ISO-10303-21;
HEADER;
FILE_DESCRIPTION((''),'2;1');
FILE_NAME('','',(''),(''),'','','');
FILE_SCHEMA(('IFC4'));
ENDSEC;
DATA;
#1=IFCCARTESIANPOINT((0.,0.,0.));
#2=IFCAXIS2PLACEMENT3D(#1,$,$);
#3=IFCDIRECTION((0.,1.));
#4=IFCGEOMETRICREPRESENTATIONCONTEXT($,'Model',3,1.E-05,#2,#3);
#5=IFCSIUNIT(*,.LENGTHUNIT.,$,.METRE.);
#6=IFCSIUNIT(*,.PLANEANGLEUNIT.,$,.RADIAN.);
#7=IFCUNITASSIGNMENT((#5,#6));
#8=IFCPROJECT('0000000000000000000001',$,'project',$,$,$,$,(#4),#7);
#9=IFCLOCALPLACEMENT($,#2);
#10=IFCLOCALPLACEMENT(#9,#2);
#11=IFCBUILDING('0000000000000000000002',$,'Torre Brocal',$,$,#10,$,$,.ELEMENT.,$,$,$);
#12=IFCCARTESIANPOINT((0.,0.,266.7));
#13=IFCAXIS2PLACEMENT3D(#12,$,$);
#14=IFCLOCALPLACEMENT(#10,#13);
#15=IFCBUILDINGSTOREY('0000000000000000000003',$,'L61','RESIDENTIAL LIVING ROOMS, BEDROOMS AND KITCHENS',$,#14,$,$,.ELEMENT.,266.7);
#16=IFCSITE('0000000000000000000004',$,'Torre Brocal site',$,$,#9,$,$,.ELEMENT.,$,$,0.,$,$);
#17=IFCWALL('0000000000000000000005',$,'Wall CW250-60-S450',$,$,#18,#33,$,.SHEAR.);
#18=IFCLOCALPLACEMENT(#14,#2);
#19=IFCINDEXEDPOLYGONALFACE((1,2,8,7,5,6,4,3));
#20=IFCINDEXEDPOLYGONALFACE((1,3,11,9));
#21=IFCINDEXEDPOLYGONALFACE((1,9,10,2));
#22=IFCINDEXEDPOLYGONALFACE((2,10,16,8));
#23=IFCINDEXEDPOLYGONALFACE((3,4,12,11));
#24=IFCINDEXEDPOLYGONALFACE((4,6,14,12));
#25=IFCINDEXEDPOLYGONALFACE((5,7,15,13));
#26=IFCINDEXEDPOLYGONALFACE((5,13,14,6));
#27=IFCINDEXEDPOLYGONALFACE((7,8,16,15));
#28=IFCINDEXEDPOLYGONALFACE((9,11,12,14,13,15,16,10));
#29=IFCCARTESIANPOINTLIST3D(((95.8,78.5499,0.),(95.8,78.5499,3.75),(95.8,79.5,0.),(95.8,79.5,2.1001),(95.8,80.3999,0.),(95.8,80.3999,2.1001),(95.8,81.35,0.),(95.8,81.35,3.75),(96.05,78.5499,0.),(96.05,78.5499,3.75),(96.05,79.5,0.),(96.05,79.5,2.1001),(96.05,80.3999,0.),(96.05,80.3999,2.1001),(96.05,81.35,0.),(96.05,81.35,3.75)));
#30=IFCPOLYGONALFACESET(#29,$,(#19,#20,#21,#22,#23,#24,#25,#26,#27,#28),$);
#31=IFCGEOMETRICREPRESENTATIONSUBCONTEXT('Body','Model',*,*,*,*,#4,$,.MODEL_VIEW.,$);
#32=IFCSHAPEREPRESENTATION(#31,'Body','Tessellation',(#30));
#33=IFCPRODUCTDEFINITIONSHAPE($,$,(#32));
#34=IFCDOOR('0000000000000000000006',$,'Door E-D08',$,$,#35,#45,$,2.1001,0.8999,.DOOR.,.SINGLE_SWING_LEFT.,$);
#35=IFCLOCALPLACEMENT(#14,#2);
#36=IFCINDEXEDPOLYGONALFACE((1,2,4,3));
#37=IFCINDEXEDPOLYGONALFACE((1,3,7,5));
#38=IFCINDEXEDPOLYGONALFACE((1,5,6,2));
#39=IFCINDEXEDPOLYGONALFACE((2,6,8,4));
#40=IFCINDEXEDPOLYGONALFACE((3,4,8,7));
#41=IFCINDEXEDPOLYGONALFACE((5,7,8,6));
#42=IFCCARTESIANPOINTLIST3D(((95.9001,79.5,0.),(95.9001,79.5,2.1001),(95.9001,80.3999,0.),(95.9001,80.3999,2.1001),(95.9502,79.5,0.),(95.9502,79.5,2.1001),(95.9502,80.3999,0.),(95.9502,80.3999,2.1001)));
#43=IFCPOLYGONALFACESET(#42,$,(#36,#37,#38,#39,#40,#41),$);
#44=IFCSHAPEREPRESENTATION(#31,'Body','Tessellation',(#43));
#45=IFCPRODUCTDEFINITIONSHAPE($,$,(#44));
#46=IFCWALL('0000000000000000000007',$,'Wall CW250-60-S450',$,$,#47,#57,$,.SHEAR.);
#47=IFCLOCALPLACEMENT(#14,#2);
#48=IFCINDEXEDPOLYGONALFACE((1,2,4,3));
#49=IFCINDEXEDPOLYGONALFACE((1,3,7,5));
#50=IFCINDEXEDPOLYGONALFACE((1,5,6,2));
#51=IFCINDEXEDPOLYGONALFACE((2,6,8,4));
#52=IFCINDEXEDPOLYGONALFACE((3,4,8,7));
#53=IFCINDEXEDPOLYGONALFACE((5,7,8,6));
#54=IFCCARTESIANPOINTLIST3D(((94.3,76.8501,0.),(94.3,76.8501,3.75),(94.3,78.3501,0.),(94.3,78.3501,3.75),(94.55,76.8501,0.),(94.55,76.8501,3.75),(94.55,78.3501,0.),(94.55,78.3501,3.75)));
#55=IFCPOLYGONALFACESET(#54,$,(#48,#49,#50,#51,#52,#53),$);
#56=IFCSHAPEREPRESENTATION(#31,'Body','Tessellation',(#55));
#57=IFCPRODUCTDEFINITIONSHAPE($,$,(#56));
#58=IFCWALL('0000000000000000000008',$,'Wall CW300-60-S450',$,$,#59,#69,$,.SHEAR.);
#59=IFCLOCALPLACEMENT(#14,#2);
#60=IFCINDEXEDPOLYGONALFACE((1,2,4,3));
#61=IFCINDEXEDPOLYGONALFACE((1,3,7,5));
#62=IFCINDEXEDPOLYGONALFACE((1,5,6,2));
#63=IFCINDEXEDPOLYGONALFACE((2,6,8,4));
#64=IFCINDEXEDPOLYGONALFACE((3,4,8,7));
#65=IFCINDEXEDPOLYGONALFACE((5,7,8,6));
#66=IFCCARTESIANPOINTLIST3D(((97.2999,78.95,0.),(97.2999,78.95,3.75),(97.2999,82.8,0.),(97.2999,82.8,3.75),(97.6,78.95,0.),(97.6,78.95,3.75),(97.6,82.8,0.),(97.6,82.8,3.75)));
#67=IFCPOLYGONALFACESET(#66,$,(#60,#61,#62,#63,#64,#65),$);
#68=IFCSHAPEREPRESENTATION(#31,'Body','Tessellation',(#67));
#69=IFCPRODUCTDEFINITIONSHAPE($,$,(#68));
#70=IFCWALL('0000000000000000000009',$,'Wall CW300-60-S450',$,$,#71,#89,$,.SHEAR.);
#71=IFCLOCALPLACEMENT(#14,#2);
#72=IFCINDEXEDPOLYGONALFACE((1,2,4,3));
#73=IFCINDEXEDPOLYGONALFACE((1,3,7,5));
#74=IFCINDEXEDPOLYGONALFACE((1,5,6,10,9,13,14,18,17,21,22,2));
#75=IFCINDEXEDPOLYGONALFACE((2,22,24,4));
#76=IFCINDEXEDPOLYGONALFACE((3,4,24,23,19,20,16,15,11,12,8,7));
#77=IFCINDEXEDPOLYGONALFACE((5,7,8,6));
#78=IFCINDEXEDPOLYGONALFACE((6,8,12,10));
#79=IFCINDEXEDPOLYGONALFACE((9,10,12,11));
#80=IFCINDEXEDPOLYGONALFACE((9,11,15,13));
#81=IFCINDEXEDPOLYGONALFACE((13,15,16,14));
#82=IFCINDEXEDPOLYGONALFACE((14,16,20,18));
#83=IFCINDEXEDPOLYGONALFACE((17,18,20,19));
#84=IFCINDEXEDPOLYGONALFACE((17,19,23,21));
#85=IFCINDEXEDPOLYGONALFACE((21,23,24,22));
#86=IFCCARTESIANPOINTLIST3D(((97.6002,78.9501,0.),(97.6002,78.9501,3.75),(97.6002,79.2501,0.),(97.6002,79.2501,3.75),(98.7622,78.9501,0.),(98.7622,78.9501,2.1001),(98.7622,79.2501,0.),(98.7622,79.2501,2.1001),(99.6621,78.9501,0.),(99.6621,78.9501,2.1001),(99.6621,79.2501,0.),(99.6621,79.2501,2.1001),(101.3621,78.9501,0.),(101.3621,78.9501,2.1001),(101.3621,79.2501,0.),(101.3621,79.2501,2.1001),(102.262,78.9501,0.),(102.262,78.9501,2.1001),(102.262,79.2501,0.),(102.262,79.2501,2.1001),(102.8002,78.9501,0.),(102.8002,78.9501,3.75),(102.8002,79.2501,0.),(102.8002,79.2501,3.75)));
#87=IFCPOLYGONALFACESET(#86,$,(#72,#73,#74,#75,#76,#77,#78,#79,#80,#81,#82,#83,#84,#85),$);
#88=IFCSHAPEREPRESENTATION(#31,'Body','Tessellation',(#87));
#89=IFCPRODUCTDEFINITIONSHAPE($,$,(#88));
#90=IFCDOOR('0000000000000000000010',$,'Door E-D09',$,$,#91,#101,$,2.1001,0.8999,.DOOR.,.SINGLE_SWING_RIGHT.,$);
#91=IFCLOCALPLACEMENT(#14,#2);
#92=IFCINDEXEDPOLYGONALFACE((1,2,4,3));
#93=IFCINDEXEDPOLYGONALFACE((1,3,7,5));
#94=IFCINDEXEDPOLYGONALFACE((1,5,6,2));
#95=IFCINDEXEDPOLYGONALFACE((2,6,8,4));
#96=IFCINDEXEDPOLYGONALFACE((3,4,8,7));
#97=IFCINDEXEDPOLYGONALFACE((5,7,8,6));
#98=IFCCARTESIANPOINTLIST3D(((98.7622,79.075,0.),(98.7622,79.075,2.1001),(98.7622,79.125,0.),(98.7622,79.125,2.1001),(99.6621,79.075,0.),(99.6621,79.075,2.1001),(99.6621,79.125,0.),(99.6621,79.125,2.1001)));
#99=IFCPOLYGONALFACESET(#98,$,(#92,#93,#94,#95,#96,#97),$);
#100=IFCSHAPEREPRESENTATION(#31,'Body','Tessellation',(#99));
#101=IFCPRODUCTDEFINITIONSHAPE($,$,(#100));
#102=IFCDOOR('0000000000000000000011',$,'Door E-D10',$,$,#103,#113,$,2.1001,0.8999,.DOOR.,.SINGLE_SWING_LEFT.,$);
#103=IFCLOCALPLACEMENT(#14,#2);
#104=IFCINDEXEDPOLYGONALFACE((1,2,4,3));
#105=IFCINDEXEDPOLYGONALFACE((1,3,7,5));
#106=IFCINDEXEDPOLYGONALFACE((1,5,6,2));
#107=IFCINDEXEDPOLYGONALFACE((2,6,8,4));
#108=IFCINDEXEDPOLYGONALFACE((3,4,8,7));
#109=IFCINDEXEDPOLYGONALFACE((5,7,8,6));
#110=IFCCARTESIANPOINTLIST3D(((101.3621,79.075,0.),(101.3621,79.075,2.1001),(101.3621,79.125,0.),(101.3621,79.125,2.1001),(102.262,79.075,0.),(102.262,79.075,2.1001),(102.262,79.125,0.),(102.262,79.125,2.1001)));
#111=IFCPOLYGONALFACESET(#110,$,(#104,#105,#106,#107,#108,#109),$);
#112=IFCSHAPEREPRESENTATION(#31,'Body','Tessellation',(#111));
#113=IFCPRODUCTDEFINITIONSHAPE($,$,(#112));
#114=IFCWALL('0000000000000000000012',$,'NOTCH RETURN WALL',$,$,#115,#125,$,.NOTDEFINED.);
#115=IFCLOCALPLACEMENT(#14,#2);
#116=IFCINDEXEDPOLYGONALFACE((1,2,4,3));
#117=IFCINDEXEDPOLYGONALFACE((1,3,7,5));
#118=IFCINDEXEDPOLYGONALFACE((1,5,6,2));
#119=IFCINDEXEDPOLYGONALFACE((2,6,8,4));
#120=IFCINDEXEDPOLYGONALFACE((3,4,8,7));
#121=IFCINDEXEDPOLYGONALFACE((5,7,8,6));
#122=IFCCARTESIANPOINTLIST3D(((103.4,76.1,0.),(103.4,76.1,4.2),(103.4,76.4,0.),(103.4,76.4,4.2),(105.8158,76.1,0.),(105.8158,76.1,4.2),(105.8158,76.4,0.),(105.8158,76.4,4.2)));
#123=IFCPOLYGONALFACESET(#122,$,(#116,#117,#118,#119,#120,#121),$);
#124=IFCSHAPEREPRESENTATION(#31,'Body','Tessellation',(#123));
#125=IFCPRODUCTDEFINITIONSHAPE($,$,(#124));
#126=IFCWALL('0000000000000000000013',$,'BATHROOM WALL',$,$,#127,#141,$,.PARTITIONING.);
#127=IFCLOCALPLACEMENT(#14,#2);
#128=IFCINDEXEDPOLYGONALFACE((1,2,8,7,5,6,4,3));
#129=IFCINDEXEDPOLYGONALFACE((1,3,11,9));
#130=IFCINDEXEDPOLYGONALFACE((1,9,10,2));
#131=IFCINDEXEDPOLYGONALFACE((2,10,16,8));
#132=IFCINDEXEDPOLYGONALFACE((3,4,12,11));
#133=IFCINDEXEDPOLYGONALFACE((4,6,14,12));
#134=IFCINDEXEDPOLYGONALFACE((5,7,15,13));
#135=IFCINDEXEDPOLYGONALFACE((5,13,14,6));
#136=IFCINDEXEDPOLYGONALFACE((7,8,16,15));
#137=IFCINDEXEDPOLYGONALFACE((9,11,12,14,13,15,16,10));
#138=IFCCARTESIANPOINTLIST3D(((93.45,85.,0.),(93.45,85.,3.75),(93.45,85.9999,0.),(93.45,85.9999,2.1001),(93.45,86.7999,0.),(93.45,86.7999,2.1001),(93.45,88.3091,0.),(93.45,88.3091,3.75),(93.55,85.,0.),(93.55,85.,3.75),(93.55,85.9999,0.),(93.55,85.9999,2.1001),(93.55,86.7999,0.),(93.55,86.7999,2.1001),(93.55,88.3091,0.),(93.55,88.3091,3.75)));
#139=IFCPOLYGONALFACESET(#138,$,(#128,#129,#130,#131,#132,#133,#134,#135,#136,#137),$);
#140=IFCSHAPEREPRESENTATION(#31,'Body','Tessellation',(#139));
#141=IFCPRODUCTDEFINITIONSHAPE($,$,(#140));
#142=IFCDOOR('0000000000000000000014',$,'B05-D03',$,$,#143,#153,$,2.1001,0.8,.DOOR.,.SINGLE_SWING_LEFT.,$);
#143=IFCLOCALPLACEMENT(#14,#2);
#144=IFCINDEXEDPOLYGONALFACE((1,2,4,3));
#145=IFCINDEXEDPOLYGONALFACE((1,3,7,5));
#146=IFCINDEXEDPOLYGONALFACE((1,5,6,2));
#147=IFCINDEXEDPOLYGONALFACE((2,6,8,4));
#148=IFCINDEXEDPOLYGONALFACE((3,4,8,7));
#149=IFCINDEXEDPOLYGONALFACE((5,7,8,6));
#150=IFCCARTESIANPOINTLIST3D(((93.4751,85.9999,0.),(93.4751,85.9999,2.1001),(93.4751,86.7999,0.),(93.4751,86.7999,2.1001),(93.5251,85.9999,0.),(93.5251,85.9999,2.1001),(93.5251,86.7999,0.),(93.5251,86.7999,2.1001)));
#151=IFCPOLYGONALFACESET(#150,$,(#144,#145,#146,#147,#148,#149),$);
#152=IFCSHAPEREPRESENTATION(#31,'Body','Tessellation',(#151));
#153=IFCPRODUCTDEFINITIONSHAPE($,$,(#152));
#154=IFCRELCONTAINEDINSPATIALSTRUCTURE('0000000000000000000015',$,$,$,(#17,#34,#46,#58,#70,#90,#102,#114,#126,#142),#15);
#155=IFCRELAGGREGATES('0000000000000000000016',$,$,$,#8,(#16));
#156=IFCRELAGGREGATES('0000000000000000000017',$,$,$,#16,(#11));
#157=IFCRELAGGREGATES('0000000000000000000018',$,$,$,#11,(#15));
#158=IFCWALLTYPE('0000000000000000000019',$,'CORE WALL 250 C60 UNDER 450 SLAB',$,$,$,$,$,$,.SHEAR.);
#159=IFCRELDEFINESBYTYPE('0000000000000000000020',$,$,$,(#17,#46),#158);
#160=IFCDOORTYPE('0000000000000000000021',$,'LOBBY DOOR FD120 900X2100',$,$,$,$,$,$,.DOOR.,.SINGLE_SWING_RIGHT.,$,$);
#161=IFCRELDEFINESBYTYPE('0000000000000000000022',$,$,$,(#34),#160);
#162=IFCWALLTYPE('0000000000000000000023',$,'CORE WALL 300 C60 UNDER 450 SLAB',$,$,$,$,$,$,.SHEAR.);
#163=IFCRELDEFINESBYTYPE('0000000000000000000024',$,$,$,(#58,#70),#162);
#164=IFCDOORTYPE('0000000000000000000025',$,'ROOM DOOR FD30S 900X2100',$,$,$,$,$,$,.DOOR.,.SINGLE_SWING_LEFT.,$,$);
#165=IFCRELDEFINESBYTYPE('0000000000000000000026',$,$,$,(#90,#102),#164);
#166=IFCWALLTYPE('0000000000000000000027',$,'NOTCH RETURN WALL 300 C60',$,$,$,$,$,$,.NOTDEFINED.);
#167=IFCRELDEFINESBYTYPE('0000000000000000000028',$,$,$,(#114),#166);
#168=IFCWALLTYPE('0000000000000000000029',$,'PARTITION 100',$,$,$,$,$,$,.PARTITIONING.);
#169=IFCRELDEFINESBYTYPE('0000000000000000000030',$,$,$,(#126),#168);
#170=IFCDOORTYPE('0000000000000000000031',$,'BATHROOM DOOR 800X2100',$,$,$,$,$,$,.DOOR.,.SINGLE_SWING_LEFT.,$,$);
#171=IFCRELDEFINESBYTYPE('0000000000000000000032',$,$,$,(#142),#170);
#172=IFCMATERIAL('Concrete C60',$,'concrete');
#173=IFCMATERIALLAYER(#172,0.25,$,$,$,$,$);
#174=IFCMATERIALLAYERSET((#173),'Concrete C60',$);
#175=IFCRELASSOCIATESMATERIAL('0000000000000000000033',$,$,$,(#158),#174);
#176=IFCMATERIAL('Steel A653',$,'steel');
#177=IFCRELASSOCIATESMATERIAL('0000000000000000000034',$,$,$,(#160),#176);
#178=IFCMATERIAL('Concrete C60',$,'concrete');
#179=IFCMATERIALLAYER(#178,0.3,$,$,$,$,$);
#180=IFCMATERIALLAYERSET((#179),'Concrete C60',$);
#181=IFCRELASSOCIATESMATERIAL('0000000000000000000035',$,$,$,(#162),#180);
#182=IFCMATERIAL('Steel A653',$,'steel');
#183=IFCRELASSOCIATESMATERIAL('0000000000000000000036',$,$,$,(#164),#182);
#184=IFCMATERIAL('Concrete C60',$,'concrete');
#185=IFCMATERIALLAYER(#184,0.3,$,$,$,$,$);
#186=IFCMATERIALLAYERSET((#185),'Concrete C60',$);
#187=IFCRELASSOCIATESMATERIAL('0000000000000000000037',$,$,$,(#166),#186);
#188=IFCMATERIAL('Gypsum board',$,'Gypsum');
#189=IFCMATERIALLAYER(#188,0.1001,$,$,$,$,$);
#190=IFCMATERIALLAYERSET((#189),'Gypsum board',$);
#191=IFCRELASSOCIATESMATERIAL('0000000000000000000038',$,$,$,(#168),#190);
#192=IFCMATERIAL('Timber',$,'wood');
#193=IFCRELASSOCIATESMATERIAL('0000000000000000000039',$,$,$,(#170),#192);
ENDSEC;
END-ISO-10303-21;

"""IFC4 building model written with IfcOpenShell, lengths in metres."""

from ifc_helpers import new_model, si_unit, direction, frame, frame_2d, origin, place, context, subcontext, project, spatial, rectangle, extrude, material, layer, layer_set, type_object, element, fill, save


model = new_model("IFC4")

# Units and contexts
model_context = context("Model", 3, precision=1e-05, world=origin(), true_north=direction((0.0, 1.0)))
body_context = subcontext(model_context, "Body", "Model", "MODEL_VIEW")
ifc_project = project(units=[si_unit("LENGTHUNIT", "METRE"), si_unit("PLANEANGLEUNIT", "RADIAN")], contexts=[model_context])

# Site, building, storey
site_placement = place(None, origin())
site = spatial("IfcSite", under=ifc_project, at=site_placement, Name="Torre Brocal site", CompositionType="ELEMENT", RefElevation=0.0)
building_placement = place(site_placement, origin())
building = spatial("IfcBuilding", under=site, at=building_placement, Name="Torre Brocal", CompositionType="ELEMENT")
storey_placement = place(building_placement, frame((0.0, 0.0, 266.7)))
storey = spatial("IfcBuildingStorey", under=building, at=storey_placement, Name="L61", Description="RESIDENTIAL LIVING ROOMS, BEDROOMS AND KITCHENS", CompositionType="ELEMENT", Elevation=266.7)

# Wall, opening, door
ifc_material_1 = material(Name="Concrete C60", Category="concrete")
ifc_layer_1 = layer(ifc_material_1, 0.25)
ifc_layer_set_1 = layer_set([ifc_layer_1], Name="Concrete C60")
wall_type_1 = type_object("IfcWallType", Name="CORE WALL 250 C60 UNDER 450 SLAB", PredefinedType="SHEAR", material=ifc_layer_set_1)
wall_1_placement = place(storey_placement, frame((95.925, 78.55, 0.0), z_axis=(0.0, 0.0, 1.0), x_axis=(0.0, 1.0, 0.0)))
wall_1 = element("IfcWall", 1, at=wall_1_placement, inside=storey, type_object=wall_type_1, Name="Wall CW250-60-S450", PredefinedType="SHEAR", context=body_context, shape_type="SweptSolid", body=[
    extrude(rectangle(XDim=2.8, YDim=0.25, at=frame_2d((1.3999, 0.0))), origin(), (0.0, 0.0, 1.0), 3.75),
])
opening_1_placement = place(wall_1_placement, frame((0.95, 0.0, 0.0)))
opening_1 = element("IfcOpeningElement", 2, at=opening_1_placement, cuts=wall_1, PredefinedType="OPENING", context=body_context, shape_type="SweptSolid", body=[
    extrude(rectangle(XDim=0.8999, YDim=2.1001, at=frame_2d((0.45, 1.05))), frame((0.0, 0.135, 0.0), z_axis=(0.0, -1.0, 0.0), x_axis=(1.0, 0.0, 0.0)), (0.0, 0.0, 1.0), 0.27),
])
ifc_material_2 = material(Name="Steel A653", Category="steel")
door_type_1 = type_object("IfcDoorType", Name="LOBBY DOOR FD120 900X2100", OperationType="SINGLE_SWING_RIGHT", PredefinedType="DOOR", material=ifc_material_2)
door_1_placement = place(opening_1_placement, origin())
door_1 = element("IfcDoor", 3, at=door_1_placement, inside=storey, type_object=door_type_1, Name="Door E-D08", OperationType="SINGLE_SWING_LEFT", OverallHeight=2.1001, OverallWidth=0.8999, PredefinedType="DOOR", context=body_context, shape_type="SweptSolid", body=[
    extrude(rectangle(XDim=0.8999, YDim=2.1001, at=frame_2d((0.45, 1.05))), frame((0.0, 0.0249, 0.0), z_axis=(0.0, -1.0, 0.0), x_axis=(1.0, 0.0, 0.0)), (0.0, 0.0, 1.0), 0.05),
])
fill(opening_1, door_1)

# Walls
wall_2_placement = place(storey_placement, frame((94.425, 76.8501, 0.0), z_axis=(0.0, 0.0, 1.0), x_axis=(0.0, 1.0, 0.0)))
element("IfcWall", 4, at=wall_2_placement, inside=storey, type_object=wall_type_1, Name="Wall CW250-60-S450", PredefinedType="SHEAR", context=body_context, shape_type="SweptSolid", body=[
    extrude(rectangle(XDim=1.5, YDim=0.25, at=frame_2d((0.75, 0.0))), origin(), (0.0, 0.0, 1.0), 3.75),
])
ifc_material_3 = material(Name="Concrete C60", Category="concrete")
ifc_layer_2 = layer(ifc_material_3, 0.3)
ifc_layer_set_2 = layer_set([ifc_layer_2], Name="Concrete C60")
wall_type_2 = type_object("IfcWallType", Name="CORE WALL 300 C60 UNDER 450 SLAB", PredefinedType="SHEAR", material=ifc_layer_set_2)
wall_3_placement = place(storey_placement, frame((97.45, 78.95, 0.0), z_axis=(0.0, 0.0, 1.0), x_axis=(0.0, 1.0, 0.0)))
element("IfcWall", 5, at=wall_3_placement, inside=storey, type_object=wall_type_2, Name="Wall CW300-60-S450", PredefinedType="SHEAR", context=body_context, shape_type="SweptSolid", body=[
    extrude(rectangle(XDim=3.8501, YDim=0.3, at=frame_2d((1.925, 0.0))), origin(), (0.0, 0.0, 1.0), 3.75),
])

# Wall, openings, doors
wall_4_placement = place(storey_placement, frame((97.6001, 79.1001, 0.0), z_axis=(0.0, 0.0, 1.0), x_axis=(1.0, 0.0, 0.0)))
wall_4 = element("IfcWall", 6, at=wall_4_placement, inside=storey, type_object=wall_type_2, Name="Wall CW300-60-S450", PredefinedType="SHEAR", context=body_context, shape_type="SweptSolid", body=[
    extrude(rectangle(XDim=5.2, YDim=0.3, at=frame_2d((2.6001, 0.0))), origin(), (0.0, 0.0, 1.0), 3.75),
])
opening_2_placement = place(wall_4_placement, frame((1.1621, 0.0, 0.0)))
opening_2 = element("IfcOpeningElement", 7, at=opening_2_placement, cuts=wall_4, PredefinedType="OPENING", context=body_context, shape_type="SweptSolid", body=[
    extrude(rectangle(XDim=0.8999, YDim=2.1001, at=frame_2d((0.45, 1.05))), frame((0.0, 0.1599, 0.0), z_axis=(0.0, -1.0, 0.0), x_axis=(1.0, 0.0, 0.0)), (0.0, 0.0, 1.0), 0.3201),
])
opening_3_placement = place(wall_4_placement, frame((3.762, 0.0, 0.0)))
opening_3 = element("IfcOpeningElement", 8, at=opening_3_placement, cuts=wall_4, PredefinedType="OPENING", context=body_context, shape_type="SweptSolid", body=[
    extrude(rectangle(XDim=0.8999, YDim=2.1001, at=frame_2d((0.45, 1.05))), frame((0.0, 0.1599, 0.0), z_axis=(0.0, -1.0, 0.0), x_axis=(1.0, 0.0, 0.0)), (0.0, 0.0, 1.0), 0.3201),
])
ifc_material_4 = material(Name="Steel A653", Category="steel")
door_type_2 = type_object("IfcDoorType", Name="ROOM DOOR FD30S 900X2100", OperationType="SINGLE_SWING_LEFT", PredefinedType="DOOR", material=ifc_material_4)
door_2_placement = place(opening_2_placement, origin())
door_2 = element("IfcDoor", 9, at=door_2_placement, inside=storey, type_object=door_type_2, Name="Door E-D09", OperationType="SINGLE_SWING_RIGHT", OverallHeight=2.1001, OverallWidth=0.8999, PredefinedType="DOOR", context=body_context, shape_type="SweptSolid", body=[
    extrude(rectangle(XDim=0.8999, YDim=2.1001, at=frame_2d((0.45, 1.05))), frame((0.0, 0.0249, 0.0), z_axis=(0.0, -1.0, 0.0), x_axis=(1.0, 0.0, 0.0)), (0.0, 0.0, 1.0), 0.05),
])
fill(opening_2, door_2)
door_3_placement = place(opening_3_placement, origin())
door_3 = element("IfcDoor", 10, at=door_3_placement, inside=storey, type_object=door_type_2, Name="Door E-D10", OperationType="SINGLE_SWING_LEFT", OverallHeight=2.1001, OverallWidth=0.8999, PredefinedType="DOOR", context=body_context, shape_type="SweptSolid", body=[
    extrude(rectangle(XDim=0.8999, YDim=2.1001, at=frame_2d((0.45, 1.05))), frame((0.0, 0.0249, 0.0), z_axis=(0.0, -1.0, 0.0), x_axis=(1.0, 0.0, 0.0)), (0.0, 0.0, 1.0), 0.05),
])
fill(opening_3, door_3)

# Wall
ifc_material_5 = material(Name="Concrete C60", Category="concrete")
ifc_layer_3 = layer(ifc_material_5, 0.3)
ifc_layer_set_3 = layer_set([ifc_layer_3], Name="Concrete C60")
wall_type_3 = type_object("IfcWallType", Name="NOTCH RETURN WALL 300 C60", PredefinedType="NOTDEFINED", material=ifc_layer_set_3)
wall_5_placement = place(storey_placement, frame((103.3999, 76.25, 0.0), z_axis=(0.0, 0.0, 1.0), x_axis=(1.0, 0.0, 0.0)))
element("IfcWall", 11, at=wall_5_placement, inside=storey, type_object=wall_type_3, Name="NOTCH RETURN WALL", PredefinedType="NOTDEFINED", context=body_context, shape_type="SweptSolid", body=[
    extrude(rectangle(XDim=2.4158, YDim=0.3, at=frame_2d((1.208, 0.0))), origin(), (0.0, 0.0, 1.0), 4.2),
])

# Wall, opening, door
ifc_material_6 = material(Name="Gypsum board", Category="Gypsum")
ifc_layer_4 = layer(ifc_material_6, 0.1001)
ifc_layer_set_4 = layer_set([ifc_layer_4], Name="Gypsum board")
wall_type_4 = type_object("IfcWallType", Name="PARTITION 100", PredefinedType="PARTITIONING", material=ifc_layer_set_4)
wall_6_placement = place(storey_placement, frame((93.5, 85.0, 0.0), z_axis=(0.0, 0.0, 1.0), x_axis=(0.0, 1.0, 0.0)))
wall_6 = element("IfcWall", 12, at=wall_6_placement, inside=storey, type_object=wall_type_4, Name="BATHROOM WALL", PredefinedType="PARTITIONING", context=body_context, shape_type="SweptSolid", body=[
    extrude(rectangle(XDim=3.3091, YDim=0.1001, at=frame_2d((1.6545, 0.0))), origin(), (0.0, 0.0, 1.0), 3.75),
])
opening_4_placement = place(wall_6_placement, frame((1.0, 0.0, 0.0)))
opening_4 = element("IfcOpeningElement", 13, at=opening_4_placement, cuts=wall_6, PredefinedType="OPENING", context=body_context, shape_type="SweptSolid", body=[
    extrude(rectangle(XDim=0.8, YDim=2.1001, at=frame_2d((0.3999, 1.05))), frame((0.0, 0.0601, 0.0), z_axis=(0.0, -1.0, 0.0), x_axis=(1.0, 0.0, 0.0)), (0.0, 0.0, 1.0), 0.1201),
])
ifc_material_7 = material(Name="Timber", Category="wood")
door_type_3 = type_object("IfcDoorType", Name="BATHROOM DOOR 800X2100", OperationType="SINGLE_SWING_LEFT", PredefinedType="DOOR", material=ifc_material_7)
door_4_placement = place(opening_4_placement, origin())
door_4 = element("IfcDoor", 14, at=door_4_placement, inside=storey, type_object=door_type_3, Name="B05-D03", OperationType="SINGLE_SWING_LEFT", OverallHeight=2.1001, OverallWidth=0.8, PredefinedType="DOOR", context=body_context, shape_type="SweptSolid", body=[
    extrude(rectangle(XDim=0.8, YDim=2.1001, at=frame_2d((0.3999, 1.05))), frame((0.0, 0.0249, 0.0), z_axis=(0.0, -1.0, 0.0), x_axis=(1.0, 0.0, 0.0)), (0.0, 0.0, 1.0), 0.05),
])
fill(opening_4, door_4)

save(model, "model.ifc")
